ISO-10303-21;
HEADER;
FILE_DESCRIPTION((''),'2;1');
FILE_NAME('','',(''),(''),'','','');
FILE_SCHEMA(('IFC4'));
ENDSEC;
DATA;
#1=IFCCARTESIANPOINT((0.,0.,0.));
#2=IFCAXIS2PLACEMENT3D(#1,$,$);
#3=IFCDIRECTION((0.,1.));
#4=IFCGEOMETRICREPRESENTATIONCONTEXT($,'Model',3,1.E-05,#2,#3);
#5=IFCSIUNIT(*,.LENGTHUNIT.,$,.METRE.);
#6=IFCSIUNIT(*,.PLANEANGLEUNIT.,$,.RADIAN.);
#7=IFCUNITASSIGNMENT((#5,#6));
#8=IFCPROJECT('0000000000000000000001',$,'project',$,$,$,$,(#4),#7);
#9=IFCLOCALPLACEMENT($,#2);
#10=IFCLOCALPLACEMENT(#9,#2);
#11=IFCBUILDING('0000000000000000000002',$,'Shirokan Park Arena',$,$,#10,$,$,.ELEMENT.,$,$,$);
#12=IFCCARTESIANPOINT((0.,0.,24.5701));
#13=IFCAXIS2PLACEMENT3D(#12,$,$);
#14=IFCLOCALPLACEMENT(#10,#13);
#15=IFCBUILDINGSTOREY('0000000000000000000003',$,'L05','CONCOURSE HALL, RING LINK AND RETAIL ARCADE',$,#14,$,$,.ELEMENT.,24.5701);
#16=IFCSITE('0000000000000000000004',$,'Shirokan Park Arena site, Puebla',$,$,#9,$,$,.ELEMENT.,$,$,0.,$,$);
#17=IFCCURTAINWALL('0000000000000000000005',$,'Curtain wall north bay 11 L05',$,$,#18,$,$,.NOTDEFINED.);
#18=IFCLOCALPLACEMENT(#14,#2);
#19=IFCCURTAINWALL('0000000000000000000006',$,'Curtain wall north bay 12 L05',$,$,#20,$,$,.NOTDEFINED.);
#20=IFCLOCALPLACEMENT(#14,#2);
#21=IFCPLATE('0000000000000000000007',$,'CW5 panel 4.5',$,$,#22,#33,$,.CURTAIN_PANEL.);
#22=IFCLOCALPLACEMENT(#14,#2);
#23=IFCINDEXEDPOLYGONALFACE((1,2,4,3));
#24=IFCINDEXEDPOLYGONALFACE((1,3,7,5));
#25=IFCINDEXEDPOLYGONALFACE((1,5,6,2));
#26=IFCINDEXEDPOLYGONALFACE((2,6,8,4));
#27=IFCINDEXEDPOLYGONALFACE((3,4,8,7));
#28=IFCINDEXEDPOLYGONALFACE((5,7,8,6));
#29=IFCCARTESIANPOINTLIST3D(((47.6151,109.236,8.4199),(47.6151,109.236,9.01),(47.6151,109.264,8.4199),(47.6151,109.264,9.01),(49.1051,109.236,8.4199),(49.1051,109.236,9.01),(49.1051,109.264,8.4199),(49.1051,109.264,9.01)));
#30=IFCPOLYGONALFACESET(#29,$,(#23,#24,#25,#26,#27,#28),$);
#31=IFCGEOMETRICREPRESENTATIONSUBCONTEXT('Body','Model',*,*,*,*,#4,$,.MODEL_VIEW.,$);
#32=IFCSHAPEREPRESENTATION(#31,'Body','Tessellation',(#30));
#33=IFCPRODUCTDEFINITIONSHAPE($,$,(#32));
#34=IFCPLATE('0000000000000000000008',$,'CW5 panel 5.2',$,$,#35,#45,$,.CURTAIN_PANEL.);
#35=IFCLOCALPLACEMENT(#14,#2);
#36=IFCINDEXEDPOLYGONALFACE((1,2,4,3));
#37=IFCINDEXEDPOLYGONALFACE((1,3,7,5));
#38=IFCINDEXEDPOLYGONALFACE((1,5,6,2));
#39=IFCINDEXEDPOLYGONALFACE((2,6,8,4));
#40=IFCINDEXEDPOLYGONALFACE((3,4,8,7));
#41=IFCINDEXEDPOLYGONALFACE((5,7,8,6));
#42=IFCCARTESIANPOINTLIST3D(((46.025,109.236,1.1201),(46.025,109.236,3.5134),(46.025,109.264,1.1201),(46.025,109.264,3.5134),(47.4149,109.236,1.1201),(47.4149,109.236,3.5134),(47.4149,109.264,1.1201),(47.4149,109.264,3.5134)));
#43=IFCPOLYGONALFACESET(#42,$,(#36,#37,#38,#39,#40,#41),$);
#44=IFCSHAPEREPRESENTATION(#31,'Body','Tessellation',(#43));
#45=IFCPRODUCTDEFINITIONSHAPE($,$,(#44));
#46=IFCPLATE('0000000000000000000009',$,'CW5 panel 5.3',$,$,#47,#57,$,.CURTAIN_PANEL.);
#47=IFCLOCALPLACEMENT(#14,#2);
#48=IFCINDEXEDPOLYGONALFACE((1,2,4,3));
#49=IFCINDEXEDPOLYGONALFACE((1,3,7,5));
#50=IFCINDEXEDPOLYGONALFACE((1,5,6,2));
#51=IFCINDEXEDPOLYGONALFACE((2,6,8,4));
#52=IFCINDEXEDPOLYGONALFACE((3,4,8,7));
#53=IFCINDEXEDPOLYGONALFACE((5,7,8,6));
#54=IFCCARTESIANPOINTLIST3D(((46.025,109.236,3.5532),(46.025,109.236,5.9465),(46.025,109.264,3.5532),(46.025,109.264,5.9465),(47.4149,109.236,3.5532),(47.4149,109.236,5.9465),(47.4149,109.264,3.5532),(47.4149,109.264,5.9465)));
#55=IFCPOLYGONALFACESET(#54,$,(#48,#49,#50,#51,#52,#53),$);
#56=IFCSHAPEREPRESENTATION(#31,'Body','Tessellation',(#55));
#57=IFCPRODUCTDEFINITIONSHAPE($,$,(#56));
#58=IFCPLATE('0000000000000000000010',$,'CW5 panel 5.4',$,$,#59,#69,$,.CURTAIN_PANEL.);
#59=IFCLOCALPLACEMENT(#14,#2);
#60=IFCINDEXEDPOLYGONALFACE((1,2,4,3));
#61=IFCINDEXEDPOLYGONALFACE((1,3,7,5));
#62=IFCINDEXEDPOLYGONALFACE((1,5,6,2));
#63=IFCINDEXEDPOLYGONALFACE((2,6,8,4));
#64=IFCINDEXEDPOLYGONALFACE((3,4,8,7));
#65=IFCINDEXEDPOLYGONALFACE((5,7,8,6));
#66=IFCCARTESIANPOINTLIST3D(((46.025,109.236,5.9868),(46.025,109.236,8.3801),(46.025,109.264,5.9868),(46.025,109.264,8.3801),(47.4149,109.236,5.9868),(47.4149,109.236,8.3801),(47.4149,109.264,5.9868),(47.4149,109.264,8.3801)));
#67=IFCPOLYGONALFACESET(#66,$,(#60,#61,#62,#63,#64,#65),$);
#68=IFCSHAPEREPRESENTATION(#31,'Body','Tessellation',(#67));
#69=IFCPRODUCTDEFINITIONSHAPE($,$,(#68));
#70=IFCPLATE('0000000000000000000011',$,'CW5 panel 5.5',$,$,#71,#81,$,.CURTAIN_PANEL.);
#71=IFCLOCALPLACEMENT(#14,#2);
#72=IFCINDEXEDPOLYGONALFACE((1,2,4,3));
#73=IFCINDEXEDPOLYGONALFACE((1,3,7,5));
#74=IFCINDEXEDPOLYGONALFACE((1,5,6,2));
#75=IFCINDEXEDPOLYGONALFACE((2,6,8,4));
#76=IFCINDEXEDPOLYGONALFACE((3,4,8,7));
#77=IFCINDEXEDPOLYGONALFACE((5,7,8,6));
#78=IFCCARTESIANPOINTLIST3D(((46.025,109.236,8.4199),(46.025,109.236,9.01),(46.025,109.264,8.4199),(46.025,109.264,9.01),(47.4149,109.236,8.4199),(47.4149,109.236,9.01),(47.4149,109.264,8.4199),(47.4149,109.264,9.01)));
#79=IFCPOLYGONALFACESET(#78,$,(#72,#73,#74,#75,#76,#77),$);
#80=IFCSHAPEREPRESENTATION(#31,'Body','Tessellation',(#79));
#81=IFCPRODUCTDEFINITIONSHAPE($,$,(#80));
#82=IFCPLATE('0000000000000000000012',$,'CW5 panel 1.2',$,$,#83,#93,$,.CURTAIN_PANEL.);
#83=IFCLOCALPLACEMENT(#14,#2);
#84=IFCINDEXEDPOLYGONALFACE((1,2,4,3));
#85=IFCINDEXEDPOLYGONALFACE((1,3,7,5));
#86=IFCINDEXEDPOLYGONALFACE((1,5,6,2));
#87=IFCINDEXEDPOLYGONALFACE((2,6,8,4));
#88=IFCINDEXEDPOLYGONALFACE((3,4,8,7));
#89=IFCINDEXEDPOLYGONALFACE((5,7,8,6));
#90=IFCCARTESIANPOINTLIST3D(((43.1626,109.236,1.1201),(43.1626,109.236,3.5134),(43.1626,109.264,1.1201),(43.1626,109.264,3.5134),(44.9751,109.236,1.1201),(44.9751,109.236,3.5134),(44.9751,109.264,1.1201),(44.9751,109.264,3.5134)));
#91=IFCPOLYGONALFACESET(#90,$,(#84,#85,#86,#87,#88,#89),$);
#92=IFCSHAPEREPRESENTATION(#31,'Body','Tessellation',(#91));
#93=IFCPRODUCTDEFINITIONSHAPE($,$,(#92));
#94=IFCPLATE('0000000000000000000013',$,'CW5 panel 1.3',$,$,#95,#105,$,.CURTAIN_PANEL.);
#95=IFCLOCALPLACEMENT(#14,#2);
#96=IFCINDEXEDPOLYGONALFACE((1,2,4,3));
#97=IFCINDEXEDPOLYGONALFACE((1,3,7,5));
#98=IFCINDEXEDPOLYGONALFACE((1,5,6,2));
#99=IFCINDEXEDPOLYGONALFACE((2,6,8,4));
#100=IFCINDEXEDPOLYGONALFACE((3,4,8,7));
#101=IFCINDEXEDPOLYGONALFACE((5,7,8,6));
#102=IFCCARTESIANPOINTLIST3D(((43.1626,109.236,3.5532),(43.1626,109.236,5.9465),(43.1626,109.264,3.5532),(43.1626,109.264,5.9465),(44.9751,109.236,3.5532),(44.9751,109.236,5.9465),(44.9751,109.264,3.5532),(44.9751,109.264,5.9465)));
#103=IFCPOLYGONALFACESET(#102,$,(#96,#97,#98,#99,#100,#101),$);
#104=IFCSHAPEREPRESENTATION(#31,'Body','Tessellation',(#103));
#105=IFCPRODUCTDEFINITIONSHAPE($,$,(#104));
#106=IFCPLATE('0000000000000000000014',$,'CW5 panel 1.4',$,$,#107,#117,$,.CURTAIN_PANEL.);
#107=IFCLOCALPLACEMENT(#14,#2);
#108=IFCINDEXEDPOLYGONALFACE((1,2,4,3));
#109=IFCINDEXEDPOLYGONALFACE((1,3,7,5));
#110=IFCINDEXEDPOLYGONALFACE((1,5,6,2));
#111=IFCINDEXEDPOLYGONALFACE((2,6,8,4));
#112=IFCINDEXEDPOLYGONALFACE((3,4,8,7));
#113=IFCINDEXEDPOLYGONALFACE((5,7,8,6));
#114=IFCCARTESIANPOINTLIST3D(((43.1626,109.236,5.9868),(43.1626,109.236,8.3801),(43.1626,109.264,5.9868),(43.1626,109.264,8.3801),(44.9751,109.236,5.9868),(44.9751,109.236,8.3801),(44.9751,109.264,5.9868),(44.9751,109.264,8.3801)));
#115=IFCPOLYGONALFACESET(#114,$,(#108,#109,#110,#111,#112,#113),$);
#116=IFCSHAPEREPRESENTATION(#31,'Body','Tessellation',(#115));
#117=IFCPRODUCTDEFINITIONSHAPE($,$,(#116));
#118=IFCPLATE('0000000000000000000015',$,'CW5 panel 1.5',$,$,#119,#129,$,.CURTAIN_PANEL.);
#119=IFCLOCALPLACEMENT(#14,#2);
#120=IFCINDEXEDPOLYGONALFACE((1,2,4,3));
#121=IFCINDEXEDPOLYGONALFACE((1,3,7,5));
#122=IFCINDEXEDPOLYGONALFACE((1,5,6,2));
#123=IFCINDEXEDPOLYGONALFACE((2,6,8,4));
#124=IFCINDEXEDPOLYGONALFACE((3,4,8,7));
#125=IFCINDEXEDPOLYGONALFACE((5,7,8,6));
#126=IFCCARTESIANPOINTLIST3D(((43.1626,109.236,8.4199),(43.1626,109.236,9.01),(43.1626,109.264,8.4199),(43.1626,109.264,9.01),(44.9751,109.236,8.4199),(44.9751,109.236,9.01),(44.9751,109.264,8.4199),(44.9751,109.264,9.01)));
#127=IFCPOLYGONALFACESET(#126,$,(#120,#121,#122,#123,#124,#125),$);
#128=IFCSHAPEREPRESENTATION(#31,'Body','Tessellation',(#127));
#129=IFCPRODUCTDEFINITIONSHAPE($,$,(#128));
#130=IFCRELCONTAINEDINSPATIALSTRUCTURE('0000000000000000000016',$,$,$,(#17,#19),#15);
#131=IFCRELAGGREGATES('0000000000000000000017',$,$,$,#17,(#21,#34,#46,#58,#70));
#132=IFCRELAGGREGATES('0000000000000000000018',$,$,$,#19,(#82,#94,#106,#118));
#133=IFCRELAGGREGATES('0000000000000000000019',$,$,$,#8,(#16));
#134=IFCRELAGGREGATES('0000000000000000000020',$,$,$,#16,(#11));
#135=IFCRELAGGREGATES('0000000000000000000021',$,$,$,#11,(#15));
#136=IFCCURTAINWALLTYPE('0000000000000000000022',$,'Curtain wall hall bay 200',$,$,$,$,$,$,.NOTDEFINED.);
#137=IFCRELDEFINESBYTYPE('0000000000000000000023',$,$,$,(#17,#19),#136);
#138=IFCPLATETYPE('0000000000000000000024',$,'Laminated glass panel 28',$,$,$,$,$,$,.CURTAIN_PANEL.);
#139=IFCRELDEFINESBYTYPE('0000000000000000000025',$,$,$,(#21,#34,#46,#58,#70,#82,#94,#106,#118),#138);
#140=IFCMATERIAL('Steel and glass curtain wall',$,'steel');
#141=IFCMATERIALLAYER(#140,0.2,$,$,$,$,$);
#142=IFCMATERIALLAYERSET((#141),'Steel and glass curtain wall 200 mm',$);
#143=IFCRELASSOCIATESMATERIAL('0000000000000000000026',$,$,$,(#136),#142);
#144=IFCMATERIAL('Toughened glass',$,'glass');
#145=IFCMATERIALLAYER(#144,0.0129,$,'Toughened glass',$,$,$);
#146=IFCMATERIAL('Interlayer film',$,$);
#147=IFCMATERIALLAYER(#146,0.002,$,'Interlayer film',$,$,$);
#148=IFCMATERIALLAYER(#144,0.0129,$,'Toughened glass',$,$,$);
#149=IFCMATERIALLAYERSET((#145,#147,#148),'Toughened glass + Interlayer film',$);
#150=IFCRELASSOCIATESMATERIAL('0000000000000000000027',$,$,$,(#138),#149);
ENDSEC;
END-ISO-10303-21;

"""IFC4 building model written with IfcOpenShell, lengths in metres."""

from ifc_helpers import new_model, si_unit, direction, frame, origin, origin_2d, place, context, subcontext, project, spatial, rectangle, extrude, material, layer, layer_set, type_object, element, aggregate, save


model = new_model("IFC4")

# Units and contexts
model_context = context("Model", 3, precision=1e-05, world=origin(), true_north=direction((0.0, 1.0)))
body_context = subcontext(model_context, "Body", "Model", "MODEL_VIEW")
ifc_project = project(units=[si_unit("LENGTHUNIT", "METRE"), si_unit("PLANEANGLEUNIT", "RADIAN")], contexts=[model_context])

# Site, building, storey
site_placement = place(None, origin())
site = spatial("IfcSite", under=ifc_project, at=site_placement, Name="Shirokan Park Arena site, Puebla", CompositionType="ELEMENT", RefElevation=0.0)
building_placement = place(site_placement, origin())
building = spatial("IfcBuilding", under=site, at=building_placement, Name="Shirokan Park Arena", CompositionType="ELEMENT")
storey_placement = place(building_placement, frame((0.0, 0.0, 24.5701)))
storey = spatial("IfcBuildingStorey", under=building, at=storey_placement, Name="L05", Description="CONCOURSE HALL, RING LINK AND RETAIL ARCADE", CompositionType="ELEMENT", Elevation=24.5701)

# Curtain walls
ifc_material_1 = material(Name="Steel and glass curtain wall", Category="steel")
ifc_layer_1 = layer(ifc_material_1, 0.2)
ifc_layer_set_1 = layer_set([ifc_layer_1], Name="Steel and glass curtain wall 200 mm")
curtain_wall_type = type_object("IfcCurtainWallType", Name="Curtain wall hall bay 200", PredefinedType="NOTDEFINED", material=ifc_layer_set_1)
curtain_wall_1_placement = place(storey_placement, origin())
curtain_wall_1 = element("IfcCurtainWall", 1, at=curtain_wall_1_placement, inside=storey, type_object=curtain_wall_type, Name="Curtain wall north bay 11 L05", PredefinedType="NOTDEFINED")
curtain_wall_2_placement = place(storey_placement, origin())
curtain_wall_2 = element("IfcCurtainWall", 2, at=curtain_wall_2_placement, inside=storey, type_object=curtain_wall_type, Name="Curtain wall north bay 12 L05", PredefinedType="NOTDEFINED")

# Plates
ifc_material_2 = material(Name="Toughened glass", Category="glass")
ifc_layer_2 = layer(ifc_material_2, 0.0129, Name="Toughened glass")
ifc_material_3 = material(Name="Interlayer film")
ifc_layer_3 = layer(ifc_material_3, 0.002, Name="Interlayer film")
ifc_layer_4 = layer(ifc_material_2, 0.0129, Name="Toughened glass")
ifc_layer_set_2 = layer_set([ifc_layer_2, ifc_layer_3, ifc_layer_4], Name="Toughened glass + Interlayer film")
plate_type = type_object("IfcPlateType", Name="Laminated glass panel 28", PredefinedType="CURTAIN_PANEL", material=ifc_layer_set_2)
plate_1_placement = place(storey_placement, frame((48.3601, 109.25, 8.4199), z_axis=(0.0, 0.0, 1.0), x_axis=(-1.0, 0.0, 0.0)))
plate_1 = element("IfcPlate", 3, at=plate_1_placement, type_object=plate_type, Name="CW5 panel 4.5", PredefinedType="CURTAIN_PANEL", context=body_context, shape_type="SweptSolid", body=[
    extrude(rectangle(XDim=1.49, YDim=0.0281, at=origin_2d()), origin(), (0.0, 0.0, 1.0), 0.5901),
])
plate_2_placement = place(storey_placement, frame((46.72, 109.25, 1.1201), z_axis=(0.0, 0.0, 1.0), x_axis=(-1.0, 0.0, 0.0)))
plate_2 = element("IfcPlate", 4, at=plate_2_placement, type_object=plate_type, Name="CW5 panel 5.2", PredefinedType="CURTAIN_PANEL", context=body_context, shape_type="SweptSolid", body=[
    extrude(rectangle(XDim=1.3899, YDim=0.0281, at=origin_2d()), origin(), (0.0, 0.0, 1.0), 2.3933),
])
plate_3_placement = place(storey_placement, frame((46.72, 109.25, 3.5532), z_axis=(0.0, 0.0, 1.0), x_axis=(-1.0, 0.0, 0.0)))
plate_3 = element("IfcPlate", 5, at=plate_3_placement, type_object=plate_type, Name="CW5 panel 5.3", PredefinedType="CURTAIN_PANEL", context=body_context, shape_type="SweptSolid", body=[
    extrude(rectangle(XDim=1.3899, YDim=0.0281, at=origin_2d()), origin(), (0.0, 0.0, 1.0), 2.3933),
])
plate_4_placement = place(storey_placement, frame((46.72, 109.25, 5.9868), z_axis=(0.0, 0.0, 1.0), x_axis=(-1.0, 0.0, 0.0)))
plate_4 = element("IfcPlate", 6, at=plate_4_placement, type_object=plate_type, Name="CW5 panel 5.4", PredefinedType="CURTAIN_PANEL", context=body_context, shape_type="SweptSolid", body=[
    extrude(rectangle(XDim=1.3899, YDim=0.0281, at=origin_2d()), origin(), (0.0, 0.0, 1.0), 2.3933),
])
plate_5_placement = place(storey_placement, frame((46.72, 109.25, 8.4199), z_axis=(0.0, 0.0, 1.0), x_axis=(-1.0, 0.0, 0.0)))
plate_5 = element("IfcPlate", 7, at=plate_5_placement, type_object=plate_type, Name="CW5 panel 5.5", PredefinedType="CURTAIN_PANEL", context=body_context, shape_type="SweptSolid", body=[
    extrude(rectangle(XDim=1.3899, YDim=0.0281, at=origin_2d()), origin(), (0.0, 0.0, 1.0), 0.5901),
])
aggregate(curtain_wall_1, [plate_1, plate_2, plate_3, plate_4, plate_5])
plate_6_placement = place(storey_placement, frame((44.0688, 109.25, 1.1201), z_axis=(0.0, 0.0, 1.0), x_axis=(-1.0, 0.0, 0.0)))
plate_6 = element("IfcPlate", 8, at=plate_6_placement, type_object=plate_type, Name="CW5 panel 1.2", PredefinedType="CURTAIN_PANEL", context=body_context, shape_type="SweptSolid", body=[
    extrude(rectangle(XDim=1.8125, YDim=0.0281, at=origin_2d()), origin(), (0.0, 0.0, 1.0), 2.3933),
])
plate_7_placement = place(storey_placement, frame((44.0688, 109.25, 3.5532), z_axis=(0.0, 0.0, 1.0), x_axis=(-1.0, 0.0, 0.0)))
plate_7 = element("IfcPlate", 9, at=plate_7_placement, type_object=plate_type, Name="CW5 panel 1.3", PredefinedType="CURTAIN_PANEL", context=body_context, shape_type="SweptSolid", body=[
    extrude(rectangle(XDim=1.8125, YDim=0.0281, at=origin_2d()), origin(), (0.0, 0.0, 1.0), 2.3933),
])
plate_8_placement = place(storey_placement, frame((44.0688, 109.25, 5.9868), z_axis=(0.0, 0.0, 1.0), x_axis=(-1.0, 0.0, 0.0)))
plate_8 = element("IfcPlate", 10, at=plate_8_placement, type_object=plate_type, Name="CW5 panel 1.4", PredefinedType="CURTAIN_PANEL", context=body_context, shape_type="SweptSolid", body=[
    extrude(rectangle(XDim=1.8125, YDim=0.0281, at=origin_2d()), origin(), (0.0, 0.0, 1.0), 2.3933),
])
plate_9_placement = place(storey_placement, frame((44.0688, 109.25, 8.4199), z_axis=(0.0, 0.0, 1.0), x_axis=(-1.0, 0.0, 0.0)))
plate_9 = element("IfcPlate", 11, at=plate_9_placement, type_object=plate_type, Name="CW5 panel 1.5", PredefinedType="CURTAIN_PANEL", context=body_context, shape_type="SweptSolid", body=[
    extrude(rectangle(XDim=1.8125, YDim=0.0281, at=origin_2d()), origin(), (0.0, 0.0, 1.0), 0.5901),
])
aggregate(curtain_wall_2, [plate_6, plate_7, plate_8, plate_9])

save(model, "model.ifc")
